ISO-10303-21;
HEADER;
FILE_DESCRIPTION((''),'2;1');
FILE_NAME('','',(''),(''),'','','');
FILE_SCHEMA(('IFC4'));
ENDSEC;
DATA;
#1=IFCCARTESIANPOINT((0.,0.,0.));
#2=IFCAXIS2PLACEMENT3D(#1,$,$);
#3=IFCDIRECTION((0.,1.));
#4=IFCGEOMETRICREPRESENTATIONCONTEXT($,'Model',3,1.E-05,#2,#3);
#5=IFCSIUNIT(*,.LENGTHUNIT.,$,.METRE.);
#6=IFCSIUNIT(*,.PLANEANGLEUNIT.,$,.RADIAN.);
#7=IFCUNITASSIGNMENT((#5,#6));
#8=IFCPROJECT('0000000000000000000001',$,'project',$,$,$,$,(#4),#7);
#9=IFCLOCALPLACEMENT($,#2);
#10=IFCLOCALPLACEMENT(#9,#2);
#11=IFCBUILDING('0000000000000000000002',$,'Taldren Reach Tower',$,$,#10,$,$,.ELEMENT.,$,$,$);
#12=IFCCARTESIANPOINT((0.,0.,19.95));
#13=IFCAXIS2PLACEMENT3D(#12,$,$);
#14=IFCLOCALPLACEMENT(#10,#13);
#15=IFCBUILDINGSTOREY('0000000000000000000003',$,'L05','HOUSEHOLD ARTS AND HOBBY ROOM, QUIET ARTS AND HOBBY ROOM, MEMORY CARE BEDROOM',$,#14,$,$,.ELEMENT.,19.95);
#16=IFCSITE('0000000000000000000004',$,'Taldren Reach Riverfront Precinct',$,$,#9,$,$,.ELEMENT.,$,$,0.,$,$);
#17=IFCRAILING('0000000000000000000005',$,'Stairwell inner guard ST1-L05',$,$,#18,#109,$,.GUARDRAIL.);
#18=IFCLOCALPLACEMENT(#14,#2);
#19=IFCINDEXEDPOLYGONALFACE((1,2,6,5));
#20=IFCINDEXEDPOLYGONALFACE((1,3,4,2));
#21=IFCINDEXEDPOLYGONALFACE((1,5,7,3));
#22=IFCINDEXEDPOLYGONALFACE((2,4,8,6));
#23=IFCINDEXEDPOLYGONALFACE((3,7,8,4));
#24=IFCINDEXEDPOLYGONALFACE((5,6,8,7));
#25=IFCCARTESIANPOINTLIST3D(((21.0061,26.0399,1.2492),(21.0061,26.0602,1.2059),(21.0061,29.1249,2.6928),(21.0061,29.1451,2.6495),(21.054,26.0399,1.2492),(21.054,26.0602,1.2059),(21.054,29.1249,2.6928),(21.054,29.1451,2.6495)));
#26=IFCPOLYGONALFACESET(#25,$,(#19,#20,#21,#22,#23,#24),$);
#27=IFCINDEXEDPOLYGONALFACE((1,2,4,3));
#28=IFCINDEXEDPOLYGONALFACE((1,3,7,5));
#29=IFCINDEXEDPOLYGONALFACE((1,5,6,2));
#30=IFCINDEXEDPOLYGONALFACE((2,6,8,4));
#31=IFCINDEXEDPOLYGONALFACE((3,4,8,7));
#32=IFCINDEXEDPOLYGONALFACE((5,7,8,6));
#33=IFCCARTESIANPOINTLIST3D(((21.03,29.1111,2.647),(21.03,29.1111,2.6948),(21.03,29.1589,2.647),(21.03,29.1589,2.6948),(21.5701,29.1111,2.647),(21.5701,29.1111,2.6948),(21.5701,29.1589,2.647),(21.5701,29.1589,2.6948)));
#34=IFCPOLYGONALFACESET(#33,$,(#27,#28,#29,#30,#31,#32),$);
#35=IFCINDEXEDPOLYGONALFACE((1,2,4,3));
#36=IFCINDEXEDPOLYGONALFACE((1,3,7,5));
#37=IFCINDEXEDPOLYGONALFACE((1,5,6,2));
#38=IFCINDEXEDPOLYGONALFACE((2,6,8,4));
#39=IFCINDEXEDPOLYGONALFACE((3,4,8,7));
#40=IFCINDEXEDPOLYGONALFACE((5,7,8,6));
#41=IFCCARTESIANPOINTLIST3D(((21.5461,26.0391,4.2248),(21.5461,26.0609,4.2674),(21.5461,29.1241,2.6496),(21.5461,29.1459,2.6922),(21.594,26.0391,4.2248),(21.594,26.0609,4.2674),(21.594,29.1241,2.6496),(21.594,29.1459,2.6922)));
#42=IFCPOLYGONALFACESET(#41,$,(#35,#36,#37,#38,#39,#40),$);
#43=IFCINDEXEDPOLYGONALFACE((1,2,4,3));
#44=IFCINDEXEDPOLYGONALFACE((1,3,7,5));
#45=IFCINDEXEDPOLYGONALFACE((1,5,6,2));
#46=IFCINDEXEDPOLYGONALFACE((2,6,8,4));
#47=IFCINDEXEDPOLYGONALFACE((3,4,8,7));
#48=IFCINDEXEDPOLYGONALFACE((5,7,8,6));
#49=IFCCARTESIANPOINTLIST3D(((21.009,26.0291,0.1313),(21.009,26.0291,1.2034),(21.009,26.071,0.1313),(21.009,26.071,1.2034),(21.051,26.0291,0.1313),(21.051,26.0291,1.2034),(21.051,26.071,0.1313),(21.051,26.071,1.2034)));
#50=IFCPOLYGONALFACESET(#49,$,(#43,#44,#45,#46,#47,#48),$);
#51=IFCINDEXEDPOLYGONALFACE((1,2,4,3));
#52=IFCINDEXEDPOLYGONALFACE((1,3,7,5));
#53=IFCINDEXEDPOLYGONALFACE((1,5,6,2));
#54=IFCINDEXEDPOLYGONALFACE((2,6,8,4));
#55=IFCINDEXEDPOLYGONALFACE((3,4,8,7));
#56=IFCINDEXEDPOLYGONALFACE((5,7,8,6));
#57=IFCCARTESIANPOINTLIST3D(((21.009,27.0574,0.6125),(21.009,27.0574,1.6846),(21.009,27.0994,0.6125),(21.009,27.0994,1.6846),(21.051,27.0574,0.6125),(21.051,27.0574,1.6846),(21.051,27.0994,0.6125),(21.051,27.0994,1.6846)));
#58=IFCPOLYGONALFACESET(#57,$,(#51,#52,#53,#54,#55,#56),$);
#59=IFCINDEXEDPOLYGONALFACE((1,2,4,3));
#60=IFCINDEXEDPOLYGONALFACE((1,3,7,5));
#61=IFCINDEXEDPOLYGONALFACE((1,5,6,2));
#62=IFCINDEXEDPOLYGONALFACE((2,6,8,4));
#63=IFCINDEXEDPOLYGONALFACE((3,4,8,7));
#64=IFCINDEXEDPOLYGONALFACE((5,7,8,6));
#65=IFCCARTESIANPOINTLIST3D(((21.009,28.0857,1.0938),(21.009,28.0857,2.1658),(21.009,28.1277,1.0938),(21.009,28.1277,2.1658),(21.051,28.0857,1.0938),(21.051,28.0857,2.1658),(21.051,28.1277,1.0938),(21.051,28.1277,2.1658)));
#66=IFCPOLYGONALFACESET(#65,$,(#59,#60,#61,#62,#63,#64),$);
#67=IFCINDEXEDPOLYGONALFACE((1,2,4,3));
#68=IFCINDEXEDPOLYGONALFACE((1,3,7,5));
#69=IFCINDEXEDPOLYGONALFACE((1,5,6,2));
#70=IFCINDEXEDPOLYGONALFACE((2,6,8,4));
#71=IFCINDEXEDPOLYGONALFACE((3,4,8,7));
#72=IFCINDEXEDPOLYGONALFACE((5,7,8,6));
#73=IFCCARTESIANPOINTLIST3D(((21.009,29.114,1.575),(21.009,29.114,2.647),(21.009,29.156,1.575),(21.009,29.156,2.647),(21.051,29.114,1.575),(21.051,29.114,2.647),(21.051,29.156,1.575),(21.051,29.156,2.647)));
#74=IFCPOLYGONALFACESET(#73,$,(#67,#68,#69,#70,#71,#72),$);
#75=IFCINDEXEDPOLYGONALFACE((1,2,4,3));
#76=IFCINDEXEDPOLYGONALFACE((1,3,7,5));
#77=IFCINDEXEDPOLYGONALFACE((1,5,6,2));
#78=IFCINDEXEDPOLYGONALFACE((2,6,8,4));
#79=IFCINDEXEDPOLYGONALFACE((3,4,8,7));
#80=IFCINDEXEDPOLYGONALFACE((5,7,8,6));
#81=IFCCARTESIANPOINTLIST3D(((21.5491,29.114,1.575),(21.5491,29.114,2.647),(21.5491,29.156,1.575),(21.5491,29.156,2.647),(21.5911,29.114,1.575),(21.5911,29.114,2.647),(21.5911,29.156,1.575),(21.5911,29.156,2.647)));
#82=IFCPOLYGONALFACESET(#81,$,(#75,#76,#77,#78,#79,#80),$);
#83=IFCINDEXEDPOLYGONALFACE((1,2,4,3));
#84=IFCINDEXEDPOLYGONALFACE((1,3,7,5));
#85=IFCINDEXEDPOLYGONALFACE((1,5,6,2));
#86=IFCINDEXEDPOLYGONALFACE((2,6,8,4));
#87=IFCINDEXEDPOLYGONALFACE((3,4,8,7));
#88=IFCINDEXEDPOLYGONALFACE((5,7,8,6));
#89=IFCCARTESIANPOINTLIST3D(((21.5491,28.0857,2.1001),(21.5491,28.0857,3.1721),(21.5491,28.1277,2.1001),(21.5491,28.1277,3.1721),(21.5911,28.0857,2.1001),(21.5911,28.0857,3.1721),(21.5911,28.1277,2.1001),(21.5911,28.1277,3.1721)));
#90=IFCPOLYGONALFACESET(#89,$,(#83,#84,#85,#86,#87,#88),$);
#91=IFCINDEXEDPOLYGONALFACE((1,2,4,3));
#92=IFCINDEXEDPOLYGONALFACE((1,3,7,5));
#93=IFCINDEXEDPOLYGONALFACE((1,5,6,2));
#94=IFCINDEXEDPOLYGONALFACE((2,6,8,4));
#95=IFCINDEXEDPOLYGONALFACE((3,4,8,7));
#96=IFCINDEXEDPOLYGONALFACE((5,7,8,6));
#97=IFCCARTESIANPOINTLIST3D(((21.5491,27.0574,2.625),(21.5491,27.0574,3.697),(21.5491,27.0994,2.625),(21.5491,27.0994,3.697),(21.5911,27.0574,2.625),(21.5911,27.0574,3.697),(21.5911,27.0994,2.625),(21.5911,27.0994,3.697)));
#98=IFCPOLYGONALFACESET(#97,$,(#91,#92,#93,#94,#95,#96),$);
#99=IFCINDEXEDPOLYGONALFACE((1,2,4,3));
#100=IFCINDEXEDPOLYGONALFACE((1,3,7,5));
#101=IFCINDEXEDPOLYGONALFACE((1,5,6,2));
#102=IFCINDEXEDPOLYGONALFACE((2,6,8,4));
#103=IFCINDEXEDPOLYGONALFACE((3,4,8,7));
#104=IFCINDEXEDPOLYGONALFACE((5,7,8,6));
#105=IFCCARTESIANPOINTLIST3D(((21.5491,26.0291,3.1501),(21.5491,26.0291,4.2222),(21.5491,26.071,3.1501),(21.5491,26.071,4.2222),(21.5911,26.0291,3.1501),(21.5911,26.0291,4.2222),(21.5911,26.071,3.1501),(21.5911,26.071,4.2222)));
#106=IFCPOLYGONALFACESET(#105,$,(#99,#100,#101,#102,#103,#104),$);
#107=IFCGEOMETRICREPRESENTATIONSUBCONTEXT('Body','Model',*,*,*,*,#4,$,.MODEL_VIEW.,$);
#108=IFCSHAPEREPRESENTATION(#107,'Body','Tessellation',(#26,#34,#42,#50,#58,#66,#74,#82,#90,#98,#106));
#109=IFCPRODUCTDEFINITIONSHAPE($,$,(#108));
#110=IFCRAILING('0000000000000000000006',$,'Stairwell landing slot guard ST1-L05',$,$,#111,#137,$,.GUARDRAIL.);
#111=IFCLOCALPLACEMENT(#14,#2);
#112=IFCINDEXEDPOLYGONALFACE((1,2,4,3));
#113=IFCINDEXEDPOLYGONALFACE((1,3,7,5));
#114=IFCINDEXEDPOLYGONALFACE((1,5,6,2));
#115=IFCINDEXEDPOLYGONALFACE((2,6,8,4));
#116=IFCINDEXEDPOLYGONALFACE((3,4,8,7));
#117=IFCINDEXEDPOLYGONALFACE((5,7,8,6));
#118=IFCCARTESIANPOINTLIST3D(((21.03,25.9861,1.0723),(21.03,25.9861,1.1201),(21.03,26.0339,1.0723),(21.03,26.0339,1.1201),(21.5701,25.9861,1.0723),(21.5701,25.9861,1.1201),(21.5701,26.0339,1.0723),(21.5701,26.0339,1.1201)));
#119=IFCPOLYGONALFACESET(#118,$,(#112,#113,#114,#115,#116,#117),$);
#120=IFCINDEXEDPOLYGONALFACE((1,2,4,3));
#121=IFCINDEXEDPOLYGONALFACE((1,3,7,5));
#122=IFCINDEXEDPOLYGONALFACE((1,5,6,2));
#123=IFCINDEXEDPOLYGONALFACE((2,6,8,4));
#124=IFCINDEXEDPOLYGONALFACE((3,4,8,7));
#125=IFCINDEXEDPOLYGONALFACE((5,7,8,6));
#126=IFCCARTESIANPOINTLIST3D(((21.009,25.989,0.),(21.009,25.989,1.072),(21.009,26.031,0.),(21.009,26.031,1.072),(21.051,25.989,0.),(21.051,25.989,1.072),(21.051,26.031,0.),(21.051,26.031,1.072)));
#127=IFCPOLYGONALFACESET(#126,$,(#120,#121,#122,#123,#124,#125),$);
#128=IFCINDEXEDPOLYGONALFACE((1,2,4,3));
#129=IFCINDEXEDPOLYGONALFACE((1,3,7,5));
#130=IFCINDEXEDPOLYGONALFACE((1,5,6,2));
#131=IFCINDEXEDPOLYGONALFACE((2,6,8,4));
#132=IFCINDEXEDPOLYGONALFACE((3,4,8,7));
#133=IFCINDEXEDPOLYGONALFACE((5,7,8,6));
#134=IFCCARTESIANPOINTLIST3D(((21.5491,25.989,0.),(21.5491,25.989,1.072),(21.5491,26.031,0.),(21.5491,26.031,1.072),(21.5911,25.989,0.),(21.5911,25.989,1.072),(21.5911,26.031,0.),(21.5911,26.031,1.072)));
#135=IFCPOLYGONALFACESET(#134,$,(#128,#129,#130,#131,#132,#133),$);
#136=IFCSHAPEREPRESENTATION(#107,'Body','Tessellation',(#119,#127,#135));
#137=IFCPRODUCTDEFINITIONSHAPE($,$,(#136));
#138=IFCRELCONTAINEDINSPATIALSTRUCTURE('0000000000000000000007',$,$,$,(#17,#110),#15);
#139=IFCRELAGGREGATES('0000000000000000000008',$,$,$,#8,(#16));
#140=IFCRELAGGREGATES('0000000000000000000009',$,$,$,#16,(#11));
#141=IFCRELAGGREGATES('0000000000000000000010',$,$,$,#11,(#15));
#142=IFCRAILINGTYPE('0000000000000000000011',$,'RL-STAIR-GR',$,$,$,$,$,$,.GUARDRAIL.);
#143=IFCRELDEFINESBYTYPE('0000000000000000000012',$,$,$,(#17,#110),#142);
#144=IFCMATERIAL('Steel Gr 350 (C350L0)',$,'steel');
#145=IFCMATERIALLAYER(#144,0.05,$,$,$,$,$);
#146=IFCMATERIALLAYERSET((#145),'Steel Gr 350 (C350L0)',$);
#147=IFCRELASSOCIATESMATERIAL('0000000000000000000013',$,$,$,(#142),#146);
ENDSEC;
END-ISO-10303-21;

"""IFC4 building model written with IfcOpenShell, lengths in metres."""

from ifc_helpers import new_model, si_unit, direction, frame, origin, origin_2d, place, context, subcontext, project, spatial, rectangle, extrude, material, layer, layer_set, type_object, element, save


model = new_model("IFC4")

# Units and contexts
model_context = context("Model", 3, precision=1e-05, world=origin(), true_north=direction((0.0, 1.0)))
body_context = subcontext(model_context, "Body", "Model", "MODEL_VIEW")
ifc_project = project(units=[si_unit("LENGTHUNIT", "METRE"), si_unit("PLANEANGLEUNIT", "RADIAN")], contexts=[model_context])

# Site, building, storey
site_placement = place(None, origin())
site = spatial("IfcSite", under=ifc_project, at=site_placement, Name="Taldren Reach Riverfront Precinct", CompositionType="ELEMENT", RefElevation=0.0)
building_placement = place(site_placement, origin())
building = spatial("IfcBuilding", under=site, at=building_placement, Name="Taldren Reach Tower", CompositionType="ELEMENT")
storey_placement = place(building_placement, frame((0.0, 0.0, 19.95)))
storey = spatial("IfcBuildingStorey", under=building, at=storey_placement, Name="L05", Description="HOUSEHOLD ARTS AND HOBBY ROOM, QUIET ARTS AND HOBBY ROOM, MEMORY CARE BEDROOM", CompositionType="ELEMENT", Elevation=19.95)

# Railings
ifc_material_1 = material(Name="Steel Gr 350 (C350L0)", Category="steel")
ifc_layer_1 = layer(ifc_material_1, 0.05)
ifc_layer_set_1 = layer_set([ifc_layer_1], Name="Steel Gr 350 (C350L0)")
railing_type_1 = type_object("IfcRailingType", Name="RL-STAIR-GR", PredefinedType="GUARDRAIL", material=ifc_layer_set_1)
railing_1_placement = place(storey_placement, frame((21.03, 26.05, 0.1313)))
element("IfcRailing", 1, at=railing_1_placement, inside=storey, type_object=railing_type_1, Name="Stairwell inner guard ST1-L05", PredefinedType="GUARDRAIL", context=body_context, shape_type="SweptSolid", body=[
    extrude(rectangle(XDim=0.0479, YDim=0.0479, at=origin_2d()), frame((0.0, 0.0, 1.0962), z_axis=(0.0, 0.905738, 0.423839), x_axis=(-1.0, 0.0, 0.0)), (0.0, 0.0, 1.0), 3.406),
    extrude(rectangle(XDim=0.0479, YDim=0.0479, at=origin_2d()), frame((0.0, 3.085, 2.5396), z_axis=(1.0, 0.0, 0.0), x_axis=(0.0, 1.0, 0.0)), (0.0, 0.0, 1.0), 0.54),
    extrude(rectangle(XDim=0.0479, YDim=0.0479, at=origin_2d()), frame((0.54, 3.085, 2.5396), z_axis=(0.0, -0.890617, 0.454753), x_axis=(1.0, 0.0, 0.0)), (0.0, 0.0, 1.0), 3.4639),
    extrude(rectangle(XDim=0.042, YDim=0.042, at=origin_2d()), origin(), (0.0, 0.0, 1.0), 1.072),
    extrude(rectangle(XDim=0.042, YDim=0.042, at=origin_2d()), frame((0.0, 1.0283, 0.4812)), (0.0, 0.0, 1.0), 1.072),
    extrude(rectangle(XDim=0.042, YDim=0.042, at=origin_2d()), frame((0.0, 2.0566, 0.9624)), (0.0, 0.0, 1.0), 1.072),
    extrude(rectangle(XDim=0.042, YDim=0.042, at=origin_2d()), frame((0.0, 3.085, 1.4436)), (0.0, 0.0, 1.0), 1.072),
    extrude(rectangle(XDim=0.042, YDim=0.042, at=origin_2d()), frame((0.54, 3.085, 1.4436)), (0.0, 0.0, 1.0), 1.072),
    extrude(rectangle(XDim=0.042, YDim=0.042, at=origin_2d()), frame((0.54, 2.0566, 1.9688)), (0.0, 0.0, 1.0), 1.072),
    extrude(rectangle(XDim=0.042, YDim=0.042, at=origin_2d()), frame((0.54, 1.0283, 2.4937)), (0.0, 0.0, 1.0), 1.072),
    extrude(rectangle(XDim=0.042, YDim=0.042, at=origin_2d()), frame((0.54, 0.0, 3.0188)), (0.0, 0.0, 1.0), 1.072),
])
railing_2_placement = place(storey_placement, frame((21.03, 26.01, 0.0)))
element("IfcRailing", 2, at=railing_2_placement, inside=storey, type_object=railing_type_1, Name="Stairwell landing slot guard ST1-L05", PredefinedType="GUARDRAIL", context=body_context, shape_type="SweptSolid", body=[
    extrude(rectangle(XDim=0.0479, YDim=0.0479, at=origin_2d()), frame((0.0, 0.0, 1.0962), z_axis=(1.0, 0.0, 0.0), x_axis=(0.0, 1.0, 0.0)), (0.0, 0.0, 1.0), 0.54),
    extrude(rectangle(XDim=0.042, YDim=0.042, at=origin_2d()), origin(), (0.0, 0.0, 1.0), 1.072),
    extrude(rectangle(XDim=0.042, YDim=0.042, at=origin_2d()), frame((0.54, 0.0, 0.0)), (0.0, 0.0, 1.0), 1.072),
])

save(model, "model.ifc")
